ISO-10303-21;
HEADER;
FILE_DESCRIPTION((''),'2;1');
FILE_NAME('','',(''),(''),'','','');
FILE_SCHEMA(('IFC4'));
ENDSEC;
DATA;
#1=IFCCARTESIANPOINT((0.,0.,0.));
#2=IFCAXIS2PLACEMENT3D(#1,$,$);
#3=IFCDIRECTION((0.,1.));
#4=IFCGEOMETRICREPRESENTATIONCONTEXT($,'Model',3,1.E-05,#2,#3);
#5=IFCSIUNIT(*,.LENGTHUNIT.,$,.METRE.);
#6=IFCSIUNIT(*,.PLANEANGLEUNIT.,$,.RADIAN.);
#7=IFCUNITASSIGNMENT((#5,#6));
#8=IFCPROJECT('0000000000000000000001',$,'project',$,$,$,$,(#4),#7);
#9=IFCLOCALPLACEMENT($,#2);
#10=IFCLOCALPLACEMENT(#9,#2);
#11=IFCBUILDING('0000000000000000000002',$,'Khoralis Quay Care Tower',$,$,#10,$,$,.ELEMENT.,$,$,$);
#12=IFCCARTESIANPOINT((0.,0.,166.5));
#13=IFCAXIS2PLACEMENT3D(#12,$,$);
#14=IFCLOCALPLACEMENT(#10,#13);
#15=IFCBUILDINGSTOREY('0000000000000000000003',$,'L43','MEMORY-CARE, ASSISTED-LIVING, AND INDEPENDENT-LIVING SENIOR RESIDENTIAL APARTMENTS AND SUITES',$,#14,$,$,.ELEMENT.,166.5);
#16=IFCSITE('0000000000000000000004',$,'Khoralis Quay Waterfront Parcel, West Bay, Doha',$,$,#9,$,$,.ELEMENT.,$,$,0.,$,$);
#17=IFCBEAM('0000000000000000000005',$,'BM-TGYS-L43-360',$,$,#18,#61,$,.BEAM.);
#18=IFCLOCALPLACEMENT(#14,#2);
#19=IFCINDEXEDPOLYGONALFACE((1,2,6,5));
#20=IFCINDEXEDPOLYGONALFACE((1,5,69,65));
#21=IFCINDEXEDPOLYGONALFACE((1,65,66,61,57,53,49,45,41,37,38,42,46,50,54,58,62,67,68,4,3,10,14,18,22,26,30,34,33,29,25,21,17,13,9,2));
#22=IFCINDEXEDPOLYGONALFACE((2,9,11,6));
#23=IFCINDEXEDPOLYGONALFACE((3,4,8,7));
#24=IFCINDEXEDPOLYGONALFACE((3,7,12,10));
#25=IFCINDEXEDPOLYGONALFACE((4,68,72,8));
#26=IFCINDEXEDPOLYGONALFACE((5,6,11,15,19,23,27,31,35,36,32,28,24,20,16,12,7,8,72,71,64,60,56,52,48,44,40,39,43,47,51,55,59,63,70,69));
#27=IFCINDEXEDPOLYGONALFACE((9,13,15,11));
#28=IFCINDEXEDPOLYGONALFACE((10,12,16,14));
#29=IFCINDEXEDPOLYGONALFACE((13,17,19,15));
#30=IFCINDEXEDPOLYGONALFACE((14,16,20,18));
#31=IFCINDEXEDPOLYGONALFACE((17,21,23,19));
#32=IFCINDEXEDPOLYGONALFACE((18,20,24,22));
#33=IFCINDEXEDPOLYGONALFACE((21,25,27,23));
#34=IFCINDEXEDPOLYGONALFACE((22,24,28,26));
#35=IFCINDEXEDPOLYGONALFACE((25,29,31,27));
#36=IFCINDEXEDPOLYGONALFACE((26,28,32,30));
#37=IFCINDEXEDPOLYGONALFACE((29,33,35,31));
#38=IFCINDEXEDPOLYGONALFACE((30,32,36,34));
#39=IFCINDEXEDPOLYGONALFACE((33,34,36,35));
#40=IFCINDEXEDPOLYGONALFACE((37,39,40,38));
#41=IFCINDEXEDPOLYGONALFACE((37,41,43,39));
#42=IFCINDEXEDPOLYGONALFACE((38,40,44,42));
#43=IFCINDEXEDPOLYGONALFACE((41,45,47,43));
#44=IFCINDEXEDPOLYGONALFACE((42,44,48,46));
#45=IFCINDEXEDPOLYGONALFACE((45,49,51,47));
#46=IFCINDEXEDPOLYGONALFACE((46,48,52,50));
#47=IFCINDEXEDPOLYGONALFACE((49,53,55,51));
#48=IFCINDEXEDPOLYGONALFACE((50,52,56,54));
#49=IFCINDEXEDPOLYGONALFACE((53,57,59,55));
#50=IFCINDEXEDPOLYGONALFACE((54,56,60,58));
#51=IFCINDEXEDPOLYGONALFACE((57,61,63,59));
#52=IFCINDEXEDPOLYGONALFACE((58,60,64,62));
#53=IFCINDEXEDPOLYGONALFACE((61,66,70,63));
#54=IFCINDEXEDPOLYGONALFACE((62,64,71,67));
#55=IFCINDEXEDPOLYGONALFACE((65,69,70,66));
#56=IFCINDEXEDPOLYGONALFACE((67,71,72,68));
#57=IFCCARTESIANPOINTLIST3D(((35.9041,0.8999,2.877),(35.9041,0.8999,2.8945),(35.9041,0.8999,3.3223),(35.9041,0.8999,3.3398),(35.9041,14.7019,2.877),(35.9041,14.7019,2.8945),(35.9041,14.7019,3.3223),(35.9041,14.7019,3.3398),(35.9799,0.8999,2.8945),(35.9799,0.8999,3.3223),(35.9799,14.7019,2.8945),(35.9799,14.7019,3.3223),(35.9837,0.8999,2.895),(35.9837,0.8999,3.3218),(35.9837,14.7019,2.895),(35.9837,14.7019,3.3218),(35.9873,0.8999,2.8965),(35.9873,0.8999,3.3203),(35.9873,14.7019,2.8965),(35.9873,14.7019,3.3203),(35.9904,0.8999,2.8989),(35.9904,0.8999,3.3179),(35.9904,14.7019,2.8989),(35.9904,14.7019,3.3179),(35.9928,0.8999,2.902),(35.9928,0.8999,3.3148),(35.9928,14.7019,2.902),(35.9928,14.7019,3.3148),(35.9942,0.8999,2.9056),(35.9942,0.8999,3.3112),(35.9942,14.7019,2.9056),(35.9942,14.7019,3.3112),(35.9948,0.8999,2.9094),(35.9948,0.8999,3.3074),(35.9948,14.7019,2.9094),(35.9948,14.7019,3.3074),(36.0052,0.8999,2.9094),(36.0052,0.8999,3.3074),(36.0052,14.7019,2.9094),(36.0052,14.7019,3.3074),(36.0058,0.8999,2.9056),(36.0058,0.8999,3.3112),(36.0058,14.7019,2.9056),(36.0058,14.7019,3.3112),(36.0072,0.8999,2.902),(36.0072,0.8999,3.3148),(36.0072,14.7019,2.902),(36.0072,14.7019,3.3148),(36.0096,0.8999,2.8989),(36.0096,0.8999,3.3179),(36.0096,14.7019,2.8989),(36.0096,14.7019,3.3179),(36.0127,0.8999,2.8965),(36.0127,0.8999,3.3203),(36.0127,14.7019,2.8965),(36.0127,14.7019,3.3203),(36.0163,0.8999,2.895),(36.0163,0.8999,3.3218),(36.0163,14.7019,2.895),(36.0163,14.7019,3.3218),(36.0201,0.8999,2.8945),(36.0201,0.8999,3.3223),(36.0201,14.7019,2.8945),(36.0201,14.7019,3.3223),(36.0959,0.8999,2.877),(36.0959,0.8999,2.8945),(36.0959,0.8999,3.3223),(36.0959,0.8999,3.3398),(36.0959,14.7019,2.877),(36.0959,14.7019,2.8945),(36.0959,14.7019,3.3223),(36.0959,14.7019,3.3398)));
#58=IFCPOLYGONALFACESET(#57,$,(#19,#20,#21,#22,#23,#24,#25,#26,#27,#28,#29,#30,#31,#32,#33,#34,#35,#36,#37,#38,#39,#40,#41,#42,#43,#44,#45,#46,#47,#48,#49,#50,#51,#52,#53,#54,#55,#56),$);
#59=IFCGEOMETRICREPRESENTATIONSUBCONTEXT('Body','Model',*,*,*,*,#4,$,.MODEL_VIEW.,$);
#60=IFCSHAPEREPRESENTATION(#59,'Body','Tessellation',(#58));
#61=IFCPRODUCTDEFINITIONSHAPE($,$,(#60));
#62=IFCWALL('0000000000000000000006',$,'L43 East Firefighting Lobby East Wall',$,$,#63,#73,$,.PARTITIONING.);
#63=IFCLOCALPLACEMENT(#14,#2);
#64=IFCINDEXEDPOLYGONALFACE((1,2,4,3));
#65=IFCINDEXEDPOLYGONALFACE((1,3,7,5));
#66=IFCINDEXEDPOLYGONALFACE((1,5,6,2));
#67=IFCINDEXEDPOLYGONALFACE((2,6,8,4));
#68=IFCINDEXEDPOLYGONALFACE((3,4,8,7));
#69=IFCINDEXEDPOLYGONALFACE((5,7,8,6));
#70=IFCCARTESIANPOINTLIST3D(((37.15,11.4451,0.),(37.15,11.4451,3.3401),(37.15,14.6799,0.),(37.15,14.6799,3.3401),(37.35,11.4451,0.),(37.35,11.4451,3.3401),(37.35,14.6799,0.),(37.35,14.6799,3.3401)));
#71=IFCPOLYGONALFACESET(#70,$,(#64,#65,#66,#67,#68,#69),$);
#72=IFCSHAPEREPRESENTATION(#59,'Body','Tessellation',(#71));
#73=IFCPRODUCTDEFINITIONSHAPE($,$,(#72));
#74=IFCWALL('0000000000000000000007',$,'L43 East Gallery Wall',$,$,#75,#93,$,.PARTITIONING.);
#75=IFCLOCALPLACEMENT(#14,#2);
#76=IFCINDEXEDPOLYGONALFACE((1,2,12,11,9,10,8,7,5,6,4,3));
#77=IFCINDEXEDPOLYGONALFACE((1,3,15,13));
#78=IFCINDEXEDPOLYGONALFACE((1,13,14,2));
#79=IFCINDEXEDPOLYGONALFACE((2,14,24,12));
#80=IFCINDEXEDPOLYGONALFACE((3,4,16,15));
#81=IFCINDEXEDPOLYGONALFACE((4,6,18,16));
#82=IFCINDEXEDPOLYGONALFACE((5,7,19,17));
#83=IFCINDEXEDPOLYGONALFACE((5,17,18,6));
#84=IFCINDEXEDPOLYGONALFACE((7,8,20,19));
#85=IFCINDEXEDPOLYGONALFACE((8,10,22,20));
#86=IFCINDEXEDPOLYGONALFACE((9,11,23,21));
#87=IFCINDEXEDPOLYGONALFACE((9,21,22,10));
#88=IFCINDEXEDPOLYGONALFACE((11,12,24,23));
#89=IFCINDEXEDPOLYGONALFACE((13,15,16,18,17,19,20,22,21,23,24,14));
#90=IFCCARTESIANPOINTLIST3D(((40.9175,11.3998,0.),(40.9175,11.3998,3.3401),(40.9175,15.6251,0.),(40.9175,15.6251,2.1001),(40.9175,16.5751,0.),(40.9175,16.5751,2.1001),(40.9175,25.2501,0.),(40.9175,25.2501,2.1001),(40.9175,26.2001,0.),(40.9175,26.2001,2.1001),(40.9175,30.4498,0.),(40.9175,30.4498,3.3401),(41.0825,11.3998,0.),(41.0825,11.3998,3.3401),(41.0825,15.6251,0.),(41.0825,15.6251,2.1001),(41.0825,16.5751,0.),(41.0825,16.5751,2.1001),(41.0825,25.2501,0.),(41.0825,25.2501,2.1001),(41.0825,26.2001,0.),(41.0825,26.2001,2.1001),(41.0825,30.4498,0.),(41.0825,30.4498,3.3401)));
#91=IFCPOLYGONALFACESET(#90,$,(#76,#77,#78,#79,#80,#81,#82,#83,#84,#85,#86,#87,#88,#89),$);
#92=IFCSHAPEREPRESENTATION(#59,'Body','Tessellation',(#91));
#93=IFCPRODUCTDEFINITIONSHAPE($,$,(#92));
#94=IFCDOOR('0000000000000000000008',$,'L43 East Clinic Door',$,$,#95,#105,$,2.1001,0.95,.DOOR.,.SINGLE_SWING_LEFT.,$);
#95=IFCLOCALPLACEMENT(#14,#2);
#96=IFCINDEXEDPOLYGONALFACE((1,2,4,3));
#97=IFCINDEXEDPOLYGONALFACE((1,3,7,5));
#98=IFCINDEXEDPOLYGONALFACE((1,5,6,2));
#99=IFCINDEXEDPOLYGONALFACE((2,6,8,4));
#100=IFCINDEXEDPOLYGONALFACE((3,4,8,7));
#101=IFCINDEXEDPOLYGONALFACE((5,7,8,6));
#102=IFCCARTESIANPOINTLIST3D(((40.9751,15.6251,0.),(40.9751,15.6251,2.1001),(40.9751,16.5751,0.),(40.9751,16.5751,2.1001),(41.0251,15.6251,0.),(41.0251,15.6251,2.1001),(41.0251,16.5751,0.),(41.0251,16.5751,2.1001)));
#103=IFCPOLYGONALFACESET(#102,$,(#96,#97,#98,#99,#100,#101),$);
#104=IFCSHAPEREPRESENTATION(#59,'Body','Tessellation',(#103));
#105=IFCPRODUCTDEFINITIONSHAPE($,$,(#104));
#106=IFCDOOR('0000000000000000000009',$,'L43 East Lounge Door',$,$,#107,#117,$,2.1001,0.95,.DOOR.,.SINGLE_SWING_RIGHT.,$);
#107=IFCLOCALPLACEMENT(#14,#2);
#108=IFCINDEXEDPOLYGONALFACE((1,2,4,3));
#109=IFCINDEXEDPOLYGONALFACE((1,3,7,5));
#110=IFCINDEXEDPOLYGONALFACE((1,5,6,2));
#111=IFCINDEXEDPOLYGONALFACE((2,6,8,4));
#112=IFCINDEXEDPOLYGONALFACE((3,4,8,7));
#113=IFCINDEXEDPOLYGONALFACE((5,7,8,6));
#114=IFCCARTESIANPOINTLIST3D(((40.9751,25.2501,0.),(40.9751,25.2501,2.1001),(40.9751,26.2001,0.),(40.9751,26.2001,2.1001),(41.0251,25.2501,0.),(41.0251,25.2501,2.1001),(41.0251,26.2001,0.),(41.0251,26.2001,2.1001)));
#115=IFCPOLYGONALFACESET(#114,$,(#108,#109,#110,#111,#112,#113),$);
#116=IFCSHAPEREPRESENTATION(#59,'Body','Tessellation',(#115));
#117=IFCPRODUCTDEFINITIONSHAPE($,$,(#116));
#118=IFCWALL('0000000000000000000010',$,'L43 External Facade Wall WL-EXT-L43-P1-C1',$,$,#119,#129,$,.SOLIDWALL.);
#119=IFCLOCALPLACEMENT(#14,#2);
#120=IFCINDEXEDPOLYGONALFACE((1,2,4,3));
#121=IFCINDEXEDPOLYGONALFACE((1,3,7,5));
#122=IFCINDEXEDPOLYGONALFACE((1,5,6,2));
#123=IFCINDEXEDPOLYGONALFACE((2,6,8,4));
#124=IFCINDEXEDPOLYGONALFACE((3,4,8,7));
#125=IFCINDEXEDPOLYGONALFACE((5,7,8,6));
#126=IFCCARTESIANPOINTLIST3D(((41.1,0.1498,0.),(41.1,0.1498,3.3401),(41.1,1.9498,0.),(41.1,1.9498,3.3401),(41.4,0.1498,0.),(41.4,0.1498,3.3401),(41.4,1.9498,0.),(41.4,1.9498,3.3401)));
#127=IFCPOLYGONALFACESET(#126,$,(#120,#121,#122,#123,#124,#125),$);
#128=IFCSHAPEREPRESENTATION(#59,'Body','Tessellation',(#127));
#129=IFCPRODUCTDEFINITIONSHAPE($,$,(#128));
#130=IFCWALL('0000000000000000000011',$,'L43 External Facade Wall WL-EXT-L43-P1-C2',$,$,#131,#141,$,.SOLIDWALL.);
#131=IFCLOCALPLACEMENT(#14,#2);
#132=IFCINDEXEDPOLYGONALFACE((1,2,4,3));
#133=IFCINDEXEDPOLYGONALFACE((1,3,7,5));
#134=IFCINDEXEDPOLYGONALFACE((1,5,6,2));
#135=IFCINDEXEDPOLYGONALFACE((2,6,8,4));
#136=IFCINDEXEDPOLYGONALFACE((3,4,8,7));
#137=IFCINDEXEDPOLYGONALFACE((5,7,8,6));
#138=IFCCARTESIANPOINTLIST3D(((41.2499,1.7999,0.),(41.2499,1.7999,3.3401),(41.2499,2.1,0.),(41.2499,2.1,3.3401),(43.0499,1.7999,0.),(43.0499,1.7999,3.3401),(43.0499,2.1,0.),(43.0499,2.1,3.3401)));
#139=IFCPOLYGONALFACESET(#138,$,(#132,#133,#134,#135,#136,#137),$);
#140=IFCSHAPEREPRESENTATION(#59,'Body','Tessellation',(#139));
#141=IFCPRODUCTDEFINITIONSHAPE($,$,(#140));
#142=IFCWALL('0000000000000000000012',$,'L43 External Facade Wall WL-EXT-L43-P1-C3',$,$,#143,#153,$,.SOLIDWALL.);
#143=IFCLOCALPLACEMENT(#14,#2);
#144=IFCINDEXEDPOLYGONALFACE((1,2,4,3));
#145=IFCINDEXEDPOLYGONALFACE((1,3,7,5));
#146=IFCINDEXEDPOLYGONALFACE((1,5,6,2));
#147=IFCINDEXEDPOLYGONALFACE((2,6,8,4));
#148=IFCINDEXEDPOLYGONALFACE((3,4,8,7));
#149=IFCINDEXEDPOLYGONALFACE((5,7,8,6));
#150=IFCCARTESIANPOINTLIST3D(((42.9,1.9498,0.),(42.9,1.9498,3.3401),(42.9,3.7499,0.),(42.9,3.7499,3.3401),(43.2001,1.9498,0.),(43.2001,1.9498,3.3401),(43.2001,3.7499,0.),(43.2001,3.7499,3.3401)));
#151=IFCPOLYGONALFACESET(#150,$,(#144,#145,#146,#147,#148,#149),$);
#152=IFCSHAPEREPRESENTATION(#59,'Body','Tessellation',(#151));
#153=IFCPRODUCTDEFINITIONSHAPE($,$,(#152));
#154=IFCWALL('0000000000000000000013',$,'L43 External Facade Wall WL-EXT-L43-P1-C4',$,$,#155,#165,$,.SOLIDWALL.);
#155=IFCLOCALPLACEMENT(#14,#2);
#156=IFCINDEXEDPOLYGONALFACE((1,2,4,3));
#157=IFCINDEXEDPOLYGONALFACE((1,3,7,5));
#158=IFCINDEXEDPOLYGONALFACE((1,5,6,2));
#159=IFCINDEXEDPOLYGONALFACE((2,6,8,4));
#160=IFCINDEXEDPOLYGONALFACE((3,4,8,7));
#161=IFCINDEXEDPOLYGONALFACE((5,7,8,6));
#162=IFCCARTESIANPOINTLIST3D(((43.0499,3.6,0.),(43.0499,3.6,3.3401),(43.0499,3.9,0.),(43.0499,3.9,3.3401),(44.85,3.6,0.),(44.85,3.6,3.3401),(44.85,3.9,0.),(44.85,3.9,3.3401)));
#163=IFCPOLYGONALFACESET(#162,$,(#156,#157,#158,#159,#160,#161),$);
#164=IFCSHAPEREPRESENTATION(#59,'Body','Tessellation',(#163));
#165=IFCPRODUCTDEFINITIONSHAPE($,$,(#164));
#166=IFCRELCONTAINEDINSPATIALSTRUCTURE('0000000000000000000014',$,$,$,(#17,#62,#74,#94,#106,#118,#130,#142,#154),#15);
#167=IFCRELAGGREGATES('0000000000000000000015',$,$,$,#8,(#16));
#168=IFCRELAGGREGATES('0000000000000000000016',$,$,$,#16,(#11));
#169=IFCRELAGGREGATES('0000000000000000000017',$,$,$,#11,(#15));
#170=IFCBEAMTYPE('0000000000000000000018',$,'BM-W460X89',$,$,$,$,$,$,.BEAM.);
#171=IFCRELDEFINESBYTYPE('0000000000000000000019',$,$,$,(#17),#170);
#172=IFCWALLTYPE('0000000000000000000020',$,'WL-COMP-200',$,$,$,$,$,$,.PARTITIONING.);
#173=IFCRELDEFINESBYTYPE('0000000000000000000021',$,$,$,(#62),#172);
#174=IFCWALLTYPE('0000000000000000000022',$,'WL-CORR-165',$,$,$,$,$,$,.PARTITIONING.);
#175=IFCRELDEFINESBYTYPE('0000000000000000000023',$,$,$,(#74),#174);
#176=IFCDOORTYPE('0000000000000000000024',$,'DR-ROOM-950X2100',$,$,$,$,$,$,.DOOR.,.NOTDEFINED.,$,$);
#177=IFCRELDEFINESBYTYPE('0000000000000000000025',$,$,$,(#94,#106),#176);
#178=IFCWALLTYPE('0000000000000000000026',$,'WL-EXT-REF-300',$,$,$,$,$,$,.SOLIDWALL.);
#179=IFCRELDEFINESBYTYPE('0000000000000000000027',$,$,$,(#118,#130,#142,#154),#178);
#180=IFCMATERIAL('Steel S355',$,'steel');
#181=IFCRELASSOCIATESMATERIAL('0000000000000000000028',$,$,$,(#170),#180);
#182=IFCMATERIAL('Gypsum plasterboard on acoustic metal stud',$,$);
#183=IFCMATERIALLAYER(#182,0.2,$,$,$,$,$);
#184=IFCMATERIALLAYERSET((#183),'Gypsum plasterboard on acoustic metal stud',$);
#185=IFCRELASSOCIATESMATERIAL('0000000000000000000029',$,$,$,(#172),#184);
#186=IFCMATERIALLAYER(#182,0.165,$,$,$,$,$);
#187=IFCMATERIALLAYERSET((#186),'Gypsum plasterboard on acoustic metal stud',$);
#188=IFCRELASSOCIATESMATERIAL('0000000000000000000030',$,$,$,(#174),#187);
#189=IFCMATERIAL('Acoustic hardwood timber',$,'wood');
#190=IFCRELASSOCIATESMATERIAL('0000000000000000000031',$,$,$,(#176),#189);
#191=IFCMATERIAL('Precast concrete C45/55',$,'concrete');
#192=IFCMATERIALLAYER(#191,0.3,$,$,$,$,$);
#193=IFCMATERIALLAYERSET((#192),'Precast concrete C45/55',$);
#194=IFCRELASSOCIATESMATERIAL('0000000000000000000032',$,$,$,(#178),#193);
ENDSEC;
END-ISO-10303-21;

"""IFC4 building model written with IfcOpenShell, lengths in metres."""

from ifc_helpers import new_model, si_unit, direction, frame, frame_2d, origin, origin_2d, place, context, subcontext, project, spatial, rectangle, i_section, extrude, source, transform, mapped, material, layer, layer_set, material_profile, profile_set, type_object, element, fill, save


model = new_model("IFC4")

# Units and contexts
model_context = context("Model", 3, precision=1e-05, world=origin(), true_north=direction((0.0, 1.0)))
body_context = subcontext(model_context, "Body", "Model", "MODEL_VIEW")
ifc_project = project(units=[si_unit("LENGTHUNIT", "METRE"), si_unit("PLANEANGLEUNIT", "RADIAN")], contexts=[model_context])

# Site, building, storey
site_placement = place(None, origin())
site = spatial("IfcSite", under=ifc_project, at=site_placement, Name="Khoralis Quay Waterfront Parcel, West Bay, Doha", CompositionType="ELEMENT", RefElevation=0.0)
building_placement = place(site_placement, origin())
building = spatial("IfcBuilding", under=site, at=building_placement, Name="Khoralis Quay Care Tower", CompositionType="ELEMENT")
storey_placement = place(building_placement, frame((0.0, 0.0, 166.5)))
storey = spatial("IfcBuildingStorey", under=building, at=storey_placement, Name="L43", Description="MEMORY-CARE, ASSISTED-LIVING, AND INDEPENDENT-LIVING SENIOR RESIDENTIAL APARTMENTS AND SUITES", CompositionType="ELEMENT", Elevation=166.5)

# Beam
ifc_material_1 = material(Name="Steel S355", Category="steel")
ifc_material_profile_1 = material_profile(ifc_material_1, i_section(OverallWidth=0.1919, OverallDepth=0.4629, WebThickness=0.0105, FlangeThickness=0.0176, FilletRadius=0.0149, at=origin_2d()), Name="Steel S355")
ifc_profile_set_1 = profile_set([ifc_material_profile_1], Name="Steel S355")
beam_type_1 = type_object("IfcBeamType", Name="BM-W460X89", PredefinedType="BEAM", material=ifc_profile_set_1)
shared_shape_1 = source(origin(), body_context, "Body", "SweptSolid", [
    extrude(i_section(OverallWidth=0.1919, OverallDepth=0.4629, WebThickness=0.0105, FlangeThickness=0.0176, FilletRadius=0.0149, at=origin_2d()), origin(), (0.0, 0.0, 1.0), 13.802),
])
beam_1_placement = place(storey_placement, frame((36.0, 0.8999, 3.1084), z_axis=(0.0, 1.0, 0.0), x_axis=(-1.0, 0.0, 0.0)))
element("IfcBeam", 1, at=beam_1_placement, inside=storey, type_object=beam_type_1, Name="BM-TGYS-L43-360", PredefinedType="BEAM", context=body_context, shape_type="MappedRepresentation", body=[
    mapped(shared_shape_1, transform((0.0, 0.0, 0.0), scale=1.0)),
])

# Wall
ifc_material_2 = material(Name="Gypsum plasterboard on acoustic metal stud")
ifc_layer_1 = layer(ifc_material_2, 0.2)
ifc_layer_set_1 = layer_set([ifc_layer_1], Name="Gypsum plasterboard on acoustic metal stud")
wall_type_1 = type_object("IfcWallType", Name="WL-COMP-200", PredefinedType="PARTITIONING", material=ifc_layer_set_1)
wall_1_placement = place(storey_placement, frame((37.25, 11.4451, 0.0), z_axis=(0.0, 0.0, 1.0), x_axis=(0.0, 1.0, 0.0)))
element("IfcWall", 2, at=wall_1_placement, inside=storey, type_object=wall_type_1, Name="L43 East Firefighting Lobby East Wall", PredefinedType="PARTITIONING", context=body_context, shape_type="SweptSolid", body=[
    extrude(rectangle(XDim=3.2349, YDim=0.2, at=frame_2d((1.6174, 0.0))), origin(), (0.0, 0.0, 1.0), 3.3401),
])

# Wall, openings, doors
ifc_layer_2 = layer(ifc_material_2, 0.165)
ifc_layer_set_2 = layer_set([ifc_layer_2], Name="Gypsum plasterboard on acoustic metal stud")
wall_type_2 = type_object("IfcWallType", Name="WL-CORR-165", PredefinedType="PARTITIONING", material=ifc_layer_set_2)
wall_2_placement = place(storey_placement, frame((41.0, 11.3999, 0.0), z_axis=(0.0, 0.0, 1.0), x_axis=(0.0, 1.0, 0.0)))
wall_2 = element("IfcWall", 3, at=wall_2_placement, inside=storey, type_object=wall_type_2, Name="L43 East Gallery Wall", PredefinedType="PARTITIONING", context=body_context, shape_type="SweptSolid", body=[
    extrude(rectangle(XDim=19.05, YDim=0.165, at=frame_2d((9.5249, 0.0))), origin(), (0.0, 0.0, 1.0), 3.3401),
])
opening_1_placement = place(wall_2_placement, frame((4.2251, 0.0, 0.0)))
opening_1 = element("IfcOpeningElement", 4, at=opening_1_placement, cuts=wall_2, PredefinedType="OPENING", context=body_context, shape_type="SweptSolid", body=[
    extrude(rectangle(XDim=0.95, YDim=2.1001, at=frame_2d((0.4751, 1.05))), frame((0.0, 0.0925, 0.0), z_axis=(0.0, -1.0, 0.0), x_axis=(1.0, 0.0, 0.0)), (0.0, 0.0, 1.0), 0.1851),
])
opening_2_placement = place(wall_2_placement, frame((13.8501, 0.0, 0.0)))
opening_2 = element("IfcOpeningElement", 5, at=opening_2_placement, cuts=wall_2, PredefinedType="OPENING", context=body_context, shape_type="SweptSolid", body=[
    extrude(rectangle(XDim=0.95, YDim=2.1001, at=frame_2d((0.4751, 1.05))), frame((0.0, 0.0925, 0.0), z_axis=(0.0, -1.0, 0.0), x_axis=(1.0, 0.0, 0.0)), (0.0, 0.0, 1.0), 0.1851),
])
ifc_material_3 = material(Name="Acoustic hardwood timber", Category="wood")
door_type_1 = type_object("IfcDoorType", Name="DR-ROOM-950X2100", OperationType="NOTDEFINED", PredefinedType="DOOR", material=ifc_material_3)
shared_shape_2 = source(origin(), body_context, "Body", "SweptSolid", [
    extrude(rectangle(XDim=0.95, YDim=2.1001, at=frame_2d((0.4751, 1.05))), frame((0.0, 0.0249, 0.0), z_axis=(0.0, -1.0, 0.0), x_axis=(1.0, 0.0, 0.0)), (0.0, 0.0, 1.0), 0.05),
])
door_1_placement = place(opening_1_placement, origin())
door_1 = element("IfcDoor", 6, at=door_1_placement, inside=storey, type_object=door_type_1, Name="L43 East Clinic Door", OperationType="SINGLE_SWING_LEFT", OverallHeight=2.1001, OverallWidth=0.95, PredefinedType="DOOR", context=body_context, shape_type="MappedRepresentation", body=[
    mapped(shared_shape_2, transform((0.0, 0.0, 0.0), scale=1.0)),
])
fill(opening_1, door_1)
door_2_placement = place(opening_2_placement, origin())
door_2 = element("IfcDoor", 7, at=door_2_placement, inside=storey, type_object=door_type_1, Name="L43 East Lounge Door", OperationType="SINGLE_SWING_RIGHT", OverallHeight=2.1001, OverallWidth=0.95, PredefinedType="DOOR", context=body_context, shape_type="MappedRepresentation", body=[
    mapped(shared_shape_2, transform((0.0, 0.0, 0.0), scale=1.0)),
])
fill(opening_2, door_2)

# Walls
ifc_material_4 = material(Name="Precast concrete C45/55", Category="concrete")
ifc_layer_3 = layer(ifc_material_4, 0.3)
ifc_layer_set_3 = layer_set([ifc_layer_3], Name="Precast concrete C45/55")
wall_type_3 = type_object("IfcWallType", Name="WL-EXT-REF-300", PredefinedType="SOLIDWALL", material=ifc_layer_set_3)
for number, where, z_axis, x_axis, name in (
    (8, (41.25, 0.1499, 0.0), (0.0, 0.0, 1.0), (0.0, 1.0, 0.0), "L43 External Facade Wall WL-EXT-L43-P1-C1"),
    (9, (41.25, 1.95, 0.0), (0.0, 0.0, 1.0), (1.0, 0.0, 0.0), "L43 External Facade Wall WL-EXT-L43-P1-C2"),
    (10, (43.05, 1.95, 0.0), (0.0, 0.0, 1.0), (0.0, 1.0, 0.0), "L43 External Facade Wall WL-EXT-L43-P1-C3"),
    (11, (43.05, 3.75, 0.0), (0.0, 0.0, 1.0), (1.0, 0.0, 0.0), "L43 External Facade Wall WL-EXT-L43-P1-C4"),
):
    element("IfcWall", number, at=place(storey_placement, frame(where, z_axis=z_axis, x_axis=x_axis)), inside=storey, type_object=wall_type_3, Name=name, PredefinedType="SOLIDWALL", context=body_context, shape_type="SweptSolid", body=[
        extrude(rectangle(XDim=1.8, YDim=0.3, at=frame_2d((0.8999, 0.0))), origin(), (0.0, 0.0, 1.0), 3.3401),
    ])

save(model, "model.ifc")
